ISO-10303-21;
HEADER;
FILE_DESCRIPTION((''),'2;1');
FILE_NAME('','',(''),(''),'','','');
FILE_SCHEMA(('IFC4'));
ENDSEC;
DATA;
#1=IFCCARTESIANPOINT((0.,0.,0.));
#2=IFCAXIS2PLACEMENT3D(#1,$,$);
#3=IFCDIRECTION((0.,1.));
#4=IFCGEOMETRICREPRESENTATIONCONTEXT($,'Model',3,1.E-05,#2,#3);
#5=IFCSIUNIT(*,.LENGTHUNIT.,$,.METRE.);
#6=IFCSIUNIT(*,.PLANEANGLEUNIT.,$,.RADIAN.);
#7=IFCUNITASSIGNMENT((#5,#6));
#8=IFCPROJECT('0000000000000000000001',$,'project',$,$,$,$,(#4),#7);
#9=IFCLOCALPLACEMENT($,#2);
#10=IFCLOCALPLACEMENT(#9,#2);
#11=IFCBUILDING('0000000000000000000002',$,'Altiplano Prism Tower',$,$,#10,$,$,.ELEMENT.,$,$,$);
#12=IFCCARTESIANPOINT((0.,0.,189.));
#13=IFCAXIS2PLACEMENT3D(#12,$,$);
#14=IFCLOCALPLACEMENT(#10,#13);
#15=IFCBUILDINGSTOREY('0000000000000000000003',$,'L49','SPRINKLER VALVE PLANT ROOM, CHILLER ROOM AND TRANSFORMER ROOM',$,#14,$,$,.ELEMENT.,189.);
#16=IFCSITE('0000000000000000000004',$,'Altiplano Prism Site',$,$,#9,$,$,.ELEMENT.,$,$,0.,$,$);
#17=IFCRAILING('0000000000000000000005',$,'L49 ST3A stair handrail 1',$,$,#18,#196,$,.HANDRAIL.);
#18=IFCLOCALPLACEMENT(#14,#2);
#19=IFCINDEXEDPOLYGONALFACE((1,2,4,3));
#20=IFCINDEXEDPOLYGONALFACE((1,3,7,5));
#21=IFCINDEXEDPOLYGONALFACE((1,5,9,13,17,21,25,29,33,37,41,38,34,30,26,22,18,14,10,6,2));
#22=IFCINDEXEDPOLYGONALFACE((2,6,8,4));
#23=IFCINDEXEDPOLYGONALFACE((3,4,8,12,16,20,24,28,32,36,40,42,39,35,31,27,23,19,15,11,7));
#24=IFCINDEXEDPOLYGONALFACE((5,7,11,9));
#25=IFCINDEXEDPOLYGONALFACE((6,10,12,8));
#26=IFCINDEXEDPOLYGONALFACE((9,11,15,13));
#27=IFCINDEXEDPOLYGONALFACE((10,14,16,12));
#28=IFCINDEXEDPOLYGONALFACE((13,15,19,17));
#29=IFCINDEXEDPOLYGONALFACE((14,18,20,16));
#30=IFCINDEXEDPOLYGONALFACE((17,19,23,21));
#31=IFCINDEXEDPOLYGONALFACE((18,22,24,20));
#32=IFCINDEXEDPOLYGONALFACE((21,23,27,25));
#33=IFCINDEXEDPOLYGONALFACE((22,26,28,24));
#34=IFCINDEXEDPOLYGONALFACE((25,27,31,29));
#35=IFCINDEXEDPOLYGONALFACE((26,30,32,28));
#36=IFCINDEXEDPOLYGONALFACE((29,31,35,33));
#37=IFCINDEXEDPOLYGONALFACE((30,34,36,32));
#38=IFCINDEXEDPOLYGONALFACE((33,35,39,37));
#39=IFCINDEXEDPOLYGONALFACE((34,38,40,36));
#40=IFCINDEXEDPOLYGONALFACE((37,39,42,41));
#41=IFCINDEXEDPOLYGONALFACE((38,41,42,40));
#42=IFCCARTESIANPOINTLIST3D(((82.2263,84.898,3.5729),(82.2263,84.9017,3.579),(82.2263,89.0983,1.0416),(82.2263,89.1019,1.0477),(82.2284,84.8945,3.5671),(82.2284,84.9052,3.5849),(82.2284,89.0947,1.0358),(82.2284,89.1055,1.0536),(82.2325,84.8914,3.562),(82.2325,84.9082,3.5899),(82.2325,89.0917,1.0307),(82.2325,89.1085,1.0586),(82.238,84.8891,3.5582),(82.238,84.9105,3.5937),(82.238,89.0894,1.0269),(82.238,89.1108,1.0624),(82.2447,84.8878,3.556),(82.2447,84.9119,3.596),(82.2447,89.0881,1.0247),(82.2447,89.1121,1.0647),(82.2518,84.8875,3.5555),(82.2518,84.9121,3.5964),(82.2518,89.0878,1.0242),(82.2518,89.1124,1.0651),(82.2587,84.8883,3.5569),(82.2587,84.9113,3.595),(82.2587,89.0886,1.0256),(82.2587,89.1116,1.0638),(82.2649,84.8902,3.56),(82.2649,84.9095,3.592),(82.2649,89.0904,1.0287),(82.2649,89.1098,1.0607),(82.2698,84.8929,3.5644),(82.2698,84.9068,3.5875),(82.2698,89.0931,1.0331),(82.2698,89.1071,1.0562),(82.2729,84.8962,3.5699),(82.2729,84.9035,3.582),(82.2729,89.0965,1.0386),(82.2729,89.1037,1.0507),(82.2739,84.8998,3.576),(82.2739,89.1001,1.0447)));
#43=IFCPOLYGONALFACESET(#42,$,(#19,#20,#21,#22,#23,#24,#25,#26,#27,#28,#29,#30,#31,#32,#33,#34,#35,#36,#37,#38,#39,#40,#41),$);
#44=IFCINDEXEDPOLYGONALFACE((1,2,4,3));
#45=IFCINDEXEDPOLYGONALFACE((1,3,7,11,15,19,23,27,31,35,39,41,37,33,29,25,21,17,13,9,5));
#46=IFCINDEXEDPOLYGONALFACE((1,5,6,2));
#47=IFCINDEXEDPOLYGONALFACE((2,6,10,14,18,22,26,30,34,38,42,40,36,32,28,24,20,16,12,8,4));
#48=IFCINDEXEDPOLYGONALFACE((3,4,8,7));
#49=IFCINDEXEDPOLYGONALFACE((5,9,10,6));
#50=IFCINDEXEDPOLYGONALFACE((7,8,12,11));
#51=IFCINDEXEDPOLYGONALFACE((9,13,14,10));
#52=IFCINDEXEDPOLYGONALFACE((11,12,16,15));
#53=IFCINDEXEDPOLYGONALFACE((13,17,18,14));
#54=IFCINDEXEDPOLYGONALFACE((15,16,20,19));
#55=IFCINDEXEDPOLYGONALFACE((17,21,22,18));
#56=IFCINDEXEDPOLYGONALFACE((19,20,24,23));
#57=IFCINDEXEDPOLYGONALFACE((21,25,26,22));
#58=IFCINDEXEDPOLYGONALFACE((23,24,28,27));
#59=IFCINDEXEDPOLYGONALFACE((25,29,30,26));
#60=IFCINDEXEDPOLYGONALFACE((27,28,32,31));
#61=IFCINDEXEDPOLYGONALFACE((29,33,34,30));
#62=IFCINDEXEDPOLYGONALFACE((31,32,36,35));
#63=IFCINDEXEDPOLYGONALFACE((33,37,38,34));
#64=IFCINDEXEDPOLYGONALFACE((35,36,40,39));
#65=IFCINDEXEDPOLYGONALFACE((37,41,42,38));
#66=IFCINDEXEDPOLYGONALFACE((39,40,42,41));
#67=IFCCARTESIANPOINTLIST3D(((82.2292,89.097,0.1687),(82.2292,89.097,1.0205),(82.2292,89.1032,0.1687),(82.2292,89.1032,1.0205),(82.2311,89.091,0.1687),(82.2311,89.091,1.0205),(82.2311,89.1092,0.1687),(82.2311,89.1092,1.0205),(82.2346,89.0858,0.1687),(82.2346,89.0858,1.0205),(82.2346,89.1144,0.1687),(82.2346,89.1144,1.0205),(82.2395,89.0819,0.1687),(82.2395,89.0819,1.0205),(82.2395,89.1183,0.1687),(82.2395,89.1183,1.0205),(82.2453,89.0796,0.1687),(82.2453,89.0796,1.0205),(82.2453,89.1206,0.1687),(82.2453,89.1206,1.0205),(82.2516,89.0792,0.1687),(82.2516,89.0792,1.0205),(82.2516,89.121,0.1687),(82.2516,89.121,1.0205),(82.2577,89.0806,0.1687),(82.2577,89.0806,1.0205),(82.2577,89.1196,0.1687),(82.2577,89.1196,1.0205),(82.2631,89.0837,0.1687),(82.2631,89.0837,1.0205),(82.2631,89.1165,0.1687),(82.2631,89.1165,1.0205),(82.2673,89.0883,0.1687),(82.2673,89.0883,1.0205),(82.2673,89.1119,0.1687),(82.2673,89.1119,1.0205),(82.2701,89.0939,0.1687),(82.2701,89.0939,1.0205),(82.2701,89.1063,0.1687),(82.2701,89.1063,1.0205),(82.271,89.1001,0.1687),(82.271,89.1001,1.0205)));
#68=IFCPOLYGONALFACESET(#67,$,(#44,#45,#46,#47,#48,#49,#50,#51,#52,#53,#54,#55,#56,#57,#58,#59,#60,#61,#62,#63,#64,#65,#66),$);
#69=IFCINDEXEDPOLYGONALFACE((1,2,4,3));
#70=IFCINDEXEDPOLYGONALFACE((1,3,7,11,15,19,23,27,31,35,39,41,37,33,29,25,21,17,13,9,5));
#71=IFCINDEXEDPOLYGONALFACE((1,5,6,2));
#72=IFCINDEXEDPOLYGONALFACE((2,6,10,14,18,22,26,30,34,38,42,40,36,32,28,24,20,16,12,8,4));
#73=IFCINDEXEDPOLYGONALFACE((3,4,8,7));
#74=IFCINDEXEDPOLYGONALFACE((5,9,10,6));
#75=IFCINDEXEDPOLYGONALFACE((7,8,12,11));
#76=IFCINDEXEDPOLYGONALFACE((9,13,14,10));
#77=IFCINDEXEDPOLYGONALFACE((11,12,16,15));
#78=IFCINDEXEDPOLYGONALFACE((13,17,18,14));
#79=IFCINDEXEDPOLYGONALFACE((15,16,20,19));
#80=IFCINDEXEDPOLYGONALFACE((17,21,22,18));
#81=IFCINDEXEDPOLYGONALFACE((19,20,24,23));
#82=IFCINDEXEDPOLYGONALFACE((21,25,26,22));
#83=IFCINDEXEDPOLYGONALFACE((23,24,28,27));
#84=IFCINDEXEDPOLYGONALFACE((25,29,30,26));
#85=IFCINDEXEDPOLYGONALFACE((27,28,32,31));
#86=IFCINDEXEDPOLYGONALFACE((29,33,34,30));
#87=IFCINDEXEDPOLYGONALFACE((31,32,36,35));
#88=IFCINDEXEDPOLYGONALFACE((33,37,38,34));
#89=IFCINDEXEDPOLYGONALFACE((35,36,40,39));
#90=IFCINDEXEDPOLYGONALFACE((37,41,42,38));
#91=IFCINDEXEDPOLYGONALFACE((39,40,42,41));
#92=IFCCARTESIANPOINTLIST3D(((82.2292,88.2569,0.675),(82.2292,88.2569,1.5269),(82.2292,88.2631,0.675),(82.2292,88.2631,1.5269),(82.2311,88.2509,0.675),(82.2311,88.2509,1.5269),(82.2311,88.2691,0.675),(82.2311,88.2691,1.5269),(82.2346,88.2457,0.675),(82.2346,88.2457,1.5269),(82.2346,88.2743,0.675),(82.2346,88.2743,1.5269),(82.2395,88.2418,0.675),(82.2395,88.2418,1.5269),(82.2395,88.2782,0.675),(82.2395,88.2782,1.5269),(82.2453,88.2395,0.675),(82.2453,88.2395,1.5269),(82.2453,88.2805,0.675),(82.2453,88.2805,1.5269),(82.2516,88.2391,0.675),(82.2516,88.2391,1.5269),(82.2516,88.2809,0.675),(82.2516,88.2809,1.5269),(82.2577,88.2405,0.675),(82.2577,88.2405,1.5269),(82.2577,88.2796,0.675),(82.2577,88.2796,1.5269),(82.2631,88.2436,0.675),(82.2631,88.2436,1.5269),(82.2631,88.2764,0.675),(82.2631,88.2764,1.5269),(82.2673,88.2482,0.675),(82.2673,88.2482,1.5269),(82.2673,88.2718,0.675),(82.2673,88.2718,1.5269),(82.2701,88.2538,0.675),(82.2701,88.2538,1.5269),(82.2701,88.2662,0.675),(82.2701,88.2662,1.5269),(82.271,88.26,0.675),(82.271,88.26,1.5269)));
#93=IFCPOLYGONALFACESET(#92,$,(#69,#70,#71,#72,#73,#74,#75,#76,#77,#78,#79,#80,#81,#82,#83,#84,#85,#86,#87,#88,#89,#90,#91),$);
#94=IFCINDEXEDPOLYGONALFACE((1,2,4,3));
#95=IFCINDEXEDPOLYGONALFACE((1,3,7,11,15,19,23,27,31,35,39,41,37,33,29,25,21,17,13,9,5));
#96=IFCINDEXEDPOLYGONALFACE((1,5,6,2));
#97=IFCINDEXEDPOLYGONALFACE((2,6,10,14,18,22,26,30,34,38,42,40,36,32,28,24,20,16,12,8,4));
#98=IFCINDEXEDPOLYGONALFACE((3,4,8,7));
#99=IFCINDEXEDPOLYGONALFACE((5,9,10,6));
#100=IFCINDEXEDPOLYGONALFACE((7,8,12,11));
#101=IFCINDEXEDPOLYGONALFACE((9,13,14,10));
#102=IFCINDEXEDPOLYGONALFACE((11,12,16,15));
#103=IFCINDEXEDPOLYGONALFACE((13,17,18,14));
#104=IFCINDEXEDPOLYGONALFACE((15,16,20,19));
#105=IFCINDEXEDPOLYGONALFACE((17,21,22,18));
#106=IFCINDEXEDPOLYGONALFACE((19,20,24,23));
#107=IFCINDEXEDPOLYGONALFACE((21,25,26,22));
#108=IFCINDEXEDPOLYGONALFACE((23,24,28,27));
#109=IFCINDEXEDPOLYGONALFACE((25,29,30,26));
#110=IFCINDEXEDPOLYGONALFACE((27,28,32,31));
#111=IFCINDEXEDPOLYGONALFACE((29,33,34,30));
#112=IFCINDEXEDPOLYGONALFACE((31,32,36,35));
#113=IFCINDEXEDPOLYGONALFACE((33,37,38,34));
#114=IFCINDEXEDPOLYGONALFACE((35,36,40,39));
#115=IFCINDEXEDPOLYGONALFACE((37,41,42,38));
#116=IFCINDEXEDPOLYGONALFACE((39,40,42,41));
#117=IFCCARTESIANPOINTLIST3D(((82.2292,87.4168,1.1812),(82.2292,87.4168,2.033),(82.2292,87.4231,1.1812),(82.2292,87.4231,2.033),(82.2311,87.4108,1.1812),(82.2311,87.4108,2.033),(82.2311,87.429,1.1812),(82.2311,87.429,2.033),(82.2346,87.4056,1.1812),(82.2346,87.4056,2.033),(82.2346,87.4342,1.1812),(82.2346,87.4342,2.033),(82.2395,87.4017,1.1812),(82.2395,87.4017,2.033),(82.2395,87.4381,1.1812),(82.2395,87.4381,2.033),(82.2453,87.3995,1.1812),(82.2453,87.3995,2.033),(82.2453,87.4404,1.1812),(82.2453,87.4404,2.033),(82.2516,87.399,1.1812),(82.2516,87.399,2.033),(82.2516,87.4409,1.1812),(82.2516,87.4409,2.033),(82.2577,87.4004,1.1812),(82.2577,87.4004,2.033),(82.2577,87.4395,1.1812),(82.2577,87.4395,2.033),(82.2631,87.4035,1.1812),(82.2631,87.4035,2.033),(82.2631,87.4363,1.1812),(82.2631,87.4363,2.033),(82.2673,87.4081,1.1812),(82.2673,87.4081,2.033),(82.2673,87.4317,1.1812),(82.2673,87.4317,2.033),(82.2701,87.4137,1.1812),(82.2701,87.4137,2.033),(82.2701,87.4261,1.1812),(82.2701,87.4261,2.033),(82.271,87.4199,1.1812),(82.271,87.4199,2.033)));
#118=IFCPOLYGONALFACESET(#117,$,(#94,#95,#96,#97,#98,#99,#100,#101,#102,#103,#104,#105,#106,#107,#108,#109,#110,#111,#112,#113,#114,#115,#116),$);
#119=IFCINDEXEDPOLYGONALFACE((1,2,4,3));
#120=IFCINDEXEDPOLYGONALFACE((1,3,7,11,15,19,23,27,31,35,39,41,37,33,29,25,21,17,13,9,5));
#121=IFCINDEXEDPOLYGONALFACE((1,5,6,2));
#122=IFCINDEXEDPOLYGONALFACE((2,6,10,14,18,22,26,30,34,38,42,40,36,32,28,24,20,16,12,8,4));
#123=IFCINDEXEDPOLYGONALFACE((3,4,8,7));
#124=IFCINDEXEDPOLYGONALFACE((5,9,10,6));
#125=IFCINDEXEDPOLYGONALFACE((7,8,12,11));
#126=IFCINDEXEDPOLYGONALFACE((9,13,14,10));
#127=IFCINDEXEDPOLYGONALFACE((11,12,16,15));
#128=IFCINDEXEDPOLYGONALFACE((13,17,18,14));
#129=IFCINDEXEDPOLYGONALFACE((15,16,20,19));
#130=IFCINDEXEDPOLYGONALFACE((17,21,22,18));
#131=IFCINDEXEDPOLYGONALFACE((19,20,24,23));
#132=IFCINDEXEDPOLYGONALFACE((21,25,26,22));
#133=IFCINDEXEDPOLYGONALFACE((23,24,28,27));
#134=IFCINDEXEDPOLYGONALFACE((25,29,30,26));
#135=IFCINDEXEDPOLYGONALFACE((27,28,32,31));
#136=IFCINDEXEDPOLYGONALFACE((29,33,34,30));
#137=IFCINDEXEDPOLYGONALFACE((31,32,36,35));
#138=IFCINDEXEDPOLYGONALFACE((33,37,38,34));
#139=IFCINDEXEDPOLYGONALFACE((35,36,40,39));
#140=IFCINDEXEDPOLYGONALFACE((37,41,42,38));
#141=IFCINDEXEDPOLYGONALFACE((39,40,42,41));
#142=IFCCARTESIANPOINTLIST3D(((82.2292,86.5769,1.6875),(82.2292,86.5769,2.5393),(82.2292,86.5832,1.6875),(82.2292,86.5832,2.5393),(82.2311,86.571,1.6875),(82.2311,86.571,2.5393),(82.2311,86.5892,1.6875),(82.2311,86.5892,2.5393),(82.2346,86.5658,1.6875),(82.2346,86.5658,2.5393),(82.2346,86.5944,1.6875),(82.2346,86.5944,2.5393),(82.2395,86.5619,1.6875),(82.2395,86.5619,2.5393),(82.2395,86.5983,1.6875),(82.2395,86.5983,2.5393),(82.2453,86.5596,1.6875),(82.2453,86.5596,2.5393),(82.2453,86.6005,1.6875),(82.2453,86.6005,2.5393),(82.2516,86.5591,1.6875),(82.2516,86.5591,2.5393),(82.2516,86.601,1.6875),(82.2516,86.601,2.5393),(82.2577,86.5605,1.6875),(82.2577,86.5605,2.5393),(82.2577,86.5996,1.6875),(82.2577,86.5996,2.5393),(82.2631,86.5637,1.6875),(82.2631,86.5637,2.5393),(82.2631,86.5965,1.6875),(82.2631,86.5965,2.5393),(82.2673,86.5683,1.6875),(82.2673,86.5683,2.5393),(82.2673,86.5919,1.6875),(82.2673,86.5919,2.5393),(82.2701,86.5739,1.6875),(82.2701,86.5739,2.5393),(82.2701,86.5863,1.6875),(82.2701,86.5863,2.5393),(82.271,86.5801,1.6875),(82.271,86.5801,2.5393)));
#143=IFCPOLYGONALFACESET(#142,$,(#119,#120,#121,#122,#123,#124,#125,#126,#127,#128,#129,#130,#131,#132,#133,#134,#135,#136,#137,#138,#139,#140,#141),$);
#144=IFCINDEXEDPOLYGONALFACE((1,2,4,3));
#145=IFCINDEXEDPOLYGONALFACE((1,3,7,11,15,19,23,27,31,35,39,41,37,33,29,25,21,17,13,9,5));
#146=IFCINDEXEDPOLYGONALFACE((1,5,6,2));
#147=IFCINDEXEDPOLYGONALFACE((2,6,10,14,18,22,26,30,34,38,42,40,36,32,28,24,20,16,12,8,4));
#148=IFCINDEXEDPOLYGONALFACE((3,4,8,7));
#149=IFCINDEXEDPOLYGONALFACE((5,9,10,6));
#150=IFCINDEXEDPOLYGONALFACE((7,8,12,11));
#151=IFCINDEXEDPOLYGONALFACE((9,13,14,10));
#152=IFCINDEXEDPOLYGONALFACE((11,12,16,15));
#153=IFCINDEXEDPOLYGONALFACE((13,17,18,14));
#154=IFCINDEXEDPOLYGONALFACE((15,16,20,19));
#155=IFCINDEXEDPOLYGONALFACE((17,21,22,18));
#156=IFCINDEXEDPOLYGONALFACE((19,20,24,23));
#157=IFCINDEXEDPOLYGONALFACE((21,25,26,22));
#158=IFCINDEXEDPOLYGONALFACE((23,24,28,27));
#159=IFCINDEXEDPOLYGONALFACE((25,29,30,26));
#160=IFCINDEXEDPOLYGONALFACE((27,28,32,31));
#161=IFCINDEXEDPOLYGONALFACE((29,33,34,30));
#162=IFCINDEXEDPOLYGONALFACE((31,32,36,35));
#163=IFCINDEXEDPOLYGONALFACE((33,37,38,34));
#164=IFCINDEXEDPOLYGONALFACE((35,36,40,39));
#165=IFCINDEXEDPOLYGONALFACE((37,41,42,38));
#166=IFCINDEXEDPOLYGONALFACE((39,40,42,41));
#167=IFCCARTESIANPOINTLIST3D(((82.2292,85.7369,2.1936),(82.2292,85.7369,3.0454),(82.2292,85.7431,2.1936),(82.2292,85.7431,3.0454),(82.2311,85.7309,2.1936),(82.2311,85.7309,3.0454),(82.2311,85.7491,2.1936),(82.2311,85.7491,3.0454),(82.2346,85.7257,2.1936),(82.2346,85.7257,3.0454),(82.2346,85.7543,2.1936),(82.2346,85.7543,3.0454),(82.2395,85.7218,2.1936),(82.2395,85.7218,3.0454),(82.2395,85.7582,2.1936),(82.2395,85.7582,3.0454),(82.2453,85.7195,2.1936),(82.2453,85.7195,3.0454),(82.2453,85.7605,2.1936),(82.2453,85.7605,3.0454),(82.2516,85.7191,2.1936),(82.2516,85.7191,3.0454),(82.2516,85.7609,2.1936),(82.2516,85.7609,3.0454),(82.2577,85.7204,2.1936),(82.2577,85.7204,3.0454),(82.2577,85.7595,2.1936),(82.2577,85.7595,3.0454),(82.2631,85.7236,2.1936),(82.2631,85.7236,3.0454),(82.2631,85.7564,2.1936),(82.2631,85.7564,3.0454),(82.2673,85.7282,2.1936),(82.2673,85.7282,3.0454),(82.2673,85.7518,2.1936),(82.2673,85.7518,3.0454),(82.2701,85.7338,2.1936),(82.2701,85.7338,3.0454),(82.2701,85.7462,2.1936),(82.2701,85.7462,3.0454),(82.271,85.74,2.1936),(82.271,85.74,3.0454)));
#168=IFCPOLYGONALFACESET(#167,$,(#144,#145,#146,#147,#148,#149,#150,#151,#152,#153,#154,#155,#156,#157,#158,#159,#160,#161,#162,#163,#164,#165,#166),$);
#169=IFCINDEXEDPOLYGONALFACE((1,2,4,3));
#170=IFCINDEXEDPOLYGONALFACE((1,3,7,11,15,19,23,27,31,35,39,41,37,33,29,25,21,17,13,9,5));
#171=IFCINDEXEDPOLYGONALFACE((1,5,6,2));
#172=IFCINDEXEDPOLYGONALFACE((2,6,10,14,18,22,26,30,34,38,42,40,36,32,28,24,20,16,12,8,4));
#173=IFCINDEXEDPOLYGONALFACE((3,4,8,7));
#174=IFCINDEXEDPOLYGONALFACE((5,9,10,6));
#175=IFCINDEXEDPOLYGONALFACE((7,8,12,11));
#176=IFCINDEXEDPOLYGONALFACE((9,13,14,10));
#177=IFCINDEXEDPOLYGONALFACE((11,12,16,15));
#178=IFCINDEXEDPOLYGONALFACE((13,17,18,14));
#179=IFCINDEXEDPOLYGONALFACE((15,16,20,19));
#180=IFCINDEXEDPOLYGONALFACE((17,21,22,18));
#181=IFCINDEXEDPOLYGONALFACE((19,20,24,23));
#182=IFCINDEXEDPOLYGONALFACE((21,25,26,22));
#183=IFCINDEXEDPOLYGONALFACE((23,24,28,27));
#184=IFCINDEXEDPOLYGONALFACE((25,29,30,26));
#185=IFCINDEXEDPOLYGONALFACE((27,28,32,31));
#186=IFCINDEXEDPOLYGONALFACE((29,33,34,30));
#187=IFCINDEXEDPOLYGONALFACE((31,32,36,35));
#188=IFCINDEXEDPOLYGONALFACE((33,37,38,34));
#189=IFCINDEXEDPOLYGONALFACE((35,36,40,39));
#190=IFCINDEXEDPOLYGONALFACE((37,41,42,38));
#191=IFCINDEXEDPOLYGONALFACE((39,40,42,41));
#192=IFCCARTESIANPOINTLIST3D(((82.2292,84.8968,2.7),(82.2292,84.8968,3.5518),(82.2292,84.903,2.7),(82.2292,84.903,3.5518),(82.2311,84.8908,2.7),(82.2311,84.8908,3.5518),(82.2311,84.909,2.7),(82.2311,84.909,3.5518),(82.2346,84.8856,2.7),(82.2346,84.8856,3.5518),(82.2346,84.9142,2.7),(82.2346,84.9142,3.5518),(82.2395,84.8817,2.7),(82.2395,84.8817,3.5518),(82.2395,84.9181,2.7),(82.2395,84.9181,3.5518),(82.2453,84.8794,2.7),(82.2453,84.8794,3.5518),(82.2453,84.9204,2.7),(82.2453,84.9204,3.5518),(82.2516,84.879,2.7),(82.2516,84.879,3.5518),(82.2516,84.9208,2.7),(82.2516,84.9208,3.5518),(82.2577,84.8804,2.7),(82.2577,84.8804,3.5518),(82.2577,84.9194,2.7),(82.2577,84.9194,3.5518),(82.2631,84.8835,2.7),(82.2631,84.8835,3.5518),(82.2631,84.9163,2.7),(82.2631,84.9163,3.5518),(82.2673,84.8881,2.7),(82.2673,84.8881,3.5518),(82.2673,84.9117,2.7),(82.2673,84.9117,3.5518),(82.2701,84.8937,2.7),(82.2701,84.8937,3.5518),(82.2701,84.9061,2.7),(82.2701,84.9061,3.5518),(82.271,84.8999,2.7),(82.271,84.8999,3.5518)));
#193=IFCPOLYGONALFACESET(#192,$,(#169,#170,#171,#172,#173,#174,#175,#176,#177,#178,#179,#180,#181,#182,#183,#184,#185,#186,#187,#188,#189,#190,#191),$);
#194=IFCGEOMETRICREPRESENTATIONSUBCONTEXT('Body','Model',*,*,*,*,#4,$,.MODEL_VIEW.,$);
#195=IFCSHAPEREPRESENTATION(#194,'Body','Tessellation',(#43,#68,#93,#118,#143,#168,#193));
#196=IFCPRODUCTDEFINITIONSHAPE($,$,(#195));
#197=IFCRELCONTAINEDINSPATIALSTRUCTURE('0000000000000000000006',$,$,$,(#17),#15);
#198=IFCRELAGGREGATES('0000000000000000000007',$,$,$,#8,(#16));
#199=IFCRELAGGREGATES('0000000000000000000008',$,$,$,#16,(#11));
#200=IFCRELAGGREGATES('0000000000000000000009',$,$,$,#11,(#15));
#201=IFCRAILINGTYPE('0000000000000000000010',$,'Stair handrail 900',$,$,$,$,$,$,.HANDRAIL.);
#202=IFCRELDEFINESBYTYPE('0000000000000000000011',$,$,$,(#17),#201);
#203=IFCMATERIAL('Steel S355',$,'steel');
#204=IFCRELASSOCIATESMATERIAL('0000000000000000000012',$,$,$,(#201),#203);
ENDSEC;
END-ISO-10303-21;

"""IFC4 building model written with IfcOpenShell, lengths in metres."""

from ifc_helpers import new_model, si_unit, direction, frame, origin, origin_2d, place, context, subcontext, project, spatial, circle, extrude, material, type_object, element, save


model = new_model("IFC4")

# Units and contexts
model_context = context("Model", 3, precision=1e-05, world=origin(), true_north=direction((0.0, 1.0)))
body_context = subcontext(model_context, "Body", "Model", "MODEL_VIEW")
ifc_project = project(units=[si_unit("LENGTHUNIT", "METRE"), si_unit("PLANEANGLEUNIT", "RADIAN")], contexts=[model_context])

# Site, building, storey
site_placement = place(None, origin())
site = spatial("IfcSite", under=ifc_project, at=site_placement, Name="Altiplano Prism Site", CompositionType="ELEMENT", RefElevation=0.0)
building_placement = place(site_placement, origin())
building = spatial("IfcBuilding", under=site, at=building_placement, Name="Altiplano Prism Tower", CompositionType="ELEMENT")
storey_placement = place(building_placement, frame((0.0, 0.0, 189.0)))
storey = spatial("IfcBuildingStorey", under=building, at=storey_placement, Name="L49", Description="SPRINKLER VALVE PLANT ROOM, CHILLER ROOM AND TRANSFORMER ROOM", CompositionType="ELEMENT", Elevation=189.0)

# Shared definitions
ifc_material_1 = material(Name="Steel S355", Category="steel")

# Railing
railing_type_1 = type_object("IfcRailingType", Name="Stair handrail 900", PredefinedType="HANDRAIL", material=ifc_material_1)
railing_1_placement = place(storey_placement, frame((82.25, 89.1001, 0.1687)))
element("IfcRailing", 1, at=railing_1_placement, inside=storey, type_object=railing_type_1, Name="L49 ST3A stair handrail 1", PredefinedType="HANDRAIL", context=body_context, shape_type="SweptSolid", body=[
    extrude(circle(Radius=0.0239, at=origin_2d()), frame((0.0, 0.0, 0.876), z_axis=(0.0, -0.85649, 0.516164), x_axis=(1.0, 0.0, 0.0)), (0.0, 0.0, 1.0), 4.9041),
    extrude(circle(Radius=0.021, at=origin_2d()), origin(), (0.0, 0.0, 1.0), 0.8518),
    extrude(circle(Radius=0.021, at=origin_2d()), frame((0.0, -0.8401, 0.5063)), (0.0, 0.0, 1.0), 0.8518),
    extrude(circle(Radius=0.021, at=origin_2d()), frame((0.0, -1.6802, 1.0125)), (0.0, 0.0, 1.0), 0.8518),
    extrude(circle(Radius=0.021, at=origin_2d()), frame((0.0, -2.52, 1.5188)), (0.0, 0.0, 1.0), 0.8518),
    extrude(circle(Radius=0.021, at=origin_2d()), frame((0.0, -3.3601, 2.0249)), (0.0, 0.0, 1.0), 0.8518),
    extrude(circle(Radius=0.021, at=origin_2d()), frame((0.0, -4.2002, 2.5312)), (0.0, 0.0, 1.0), 0.8518),
])

save(model, "model.ifc")
